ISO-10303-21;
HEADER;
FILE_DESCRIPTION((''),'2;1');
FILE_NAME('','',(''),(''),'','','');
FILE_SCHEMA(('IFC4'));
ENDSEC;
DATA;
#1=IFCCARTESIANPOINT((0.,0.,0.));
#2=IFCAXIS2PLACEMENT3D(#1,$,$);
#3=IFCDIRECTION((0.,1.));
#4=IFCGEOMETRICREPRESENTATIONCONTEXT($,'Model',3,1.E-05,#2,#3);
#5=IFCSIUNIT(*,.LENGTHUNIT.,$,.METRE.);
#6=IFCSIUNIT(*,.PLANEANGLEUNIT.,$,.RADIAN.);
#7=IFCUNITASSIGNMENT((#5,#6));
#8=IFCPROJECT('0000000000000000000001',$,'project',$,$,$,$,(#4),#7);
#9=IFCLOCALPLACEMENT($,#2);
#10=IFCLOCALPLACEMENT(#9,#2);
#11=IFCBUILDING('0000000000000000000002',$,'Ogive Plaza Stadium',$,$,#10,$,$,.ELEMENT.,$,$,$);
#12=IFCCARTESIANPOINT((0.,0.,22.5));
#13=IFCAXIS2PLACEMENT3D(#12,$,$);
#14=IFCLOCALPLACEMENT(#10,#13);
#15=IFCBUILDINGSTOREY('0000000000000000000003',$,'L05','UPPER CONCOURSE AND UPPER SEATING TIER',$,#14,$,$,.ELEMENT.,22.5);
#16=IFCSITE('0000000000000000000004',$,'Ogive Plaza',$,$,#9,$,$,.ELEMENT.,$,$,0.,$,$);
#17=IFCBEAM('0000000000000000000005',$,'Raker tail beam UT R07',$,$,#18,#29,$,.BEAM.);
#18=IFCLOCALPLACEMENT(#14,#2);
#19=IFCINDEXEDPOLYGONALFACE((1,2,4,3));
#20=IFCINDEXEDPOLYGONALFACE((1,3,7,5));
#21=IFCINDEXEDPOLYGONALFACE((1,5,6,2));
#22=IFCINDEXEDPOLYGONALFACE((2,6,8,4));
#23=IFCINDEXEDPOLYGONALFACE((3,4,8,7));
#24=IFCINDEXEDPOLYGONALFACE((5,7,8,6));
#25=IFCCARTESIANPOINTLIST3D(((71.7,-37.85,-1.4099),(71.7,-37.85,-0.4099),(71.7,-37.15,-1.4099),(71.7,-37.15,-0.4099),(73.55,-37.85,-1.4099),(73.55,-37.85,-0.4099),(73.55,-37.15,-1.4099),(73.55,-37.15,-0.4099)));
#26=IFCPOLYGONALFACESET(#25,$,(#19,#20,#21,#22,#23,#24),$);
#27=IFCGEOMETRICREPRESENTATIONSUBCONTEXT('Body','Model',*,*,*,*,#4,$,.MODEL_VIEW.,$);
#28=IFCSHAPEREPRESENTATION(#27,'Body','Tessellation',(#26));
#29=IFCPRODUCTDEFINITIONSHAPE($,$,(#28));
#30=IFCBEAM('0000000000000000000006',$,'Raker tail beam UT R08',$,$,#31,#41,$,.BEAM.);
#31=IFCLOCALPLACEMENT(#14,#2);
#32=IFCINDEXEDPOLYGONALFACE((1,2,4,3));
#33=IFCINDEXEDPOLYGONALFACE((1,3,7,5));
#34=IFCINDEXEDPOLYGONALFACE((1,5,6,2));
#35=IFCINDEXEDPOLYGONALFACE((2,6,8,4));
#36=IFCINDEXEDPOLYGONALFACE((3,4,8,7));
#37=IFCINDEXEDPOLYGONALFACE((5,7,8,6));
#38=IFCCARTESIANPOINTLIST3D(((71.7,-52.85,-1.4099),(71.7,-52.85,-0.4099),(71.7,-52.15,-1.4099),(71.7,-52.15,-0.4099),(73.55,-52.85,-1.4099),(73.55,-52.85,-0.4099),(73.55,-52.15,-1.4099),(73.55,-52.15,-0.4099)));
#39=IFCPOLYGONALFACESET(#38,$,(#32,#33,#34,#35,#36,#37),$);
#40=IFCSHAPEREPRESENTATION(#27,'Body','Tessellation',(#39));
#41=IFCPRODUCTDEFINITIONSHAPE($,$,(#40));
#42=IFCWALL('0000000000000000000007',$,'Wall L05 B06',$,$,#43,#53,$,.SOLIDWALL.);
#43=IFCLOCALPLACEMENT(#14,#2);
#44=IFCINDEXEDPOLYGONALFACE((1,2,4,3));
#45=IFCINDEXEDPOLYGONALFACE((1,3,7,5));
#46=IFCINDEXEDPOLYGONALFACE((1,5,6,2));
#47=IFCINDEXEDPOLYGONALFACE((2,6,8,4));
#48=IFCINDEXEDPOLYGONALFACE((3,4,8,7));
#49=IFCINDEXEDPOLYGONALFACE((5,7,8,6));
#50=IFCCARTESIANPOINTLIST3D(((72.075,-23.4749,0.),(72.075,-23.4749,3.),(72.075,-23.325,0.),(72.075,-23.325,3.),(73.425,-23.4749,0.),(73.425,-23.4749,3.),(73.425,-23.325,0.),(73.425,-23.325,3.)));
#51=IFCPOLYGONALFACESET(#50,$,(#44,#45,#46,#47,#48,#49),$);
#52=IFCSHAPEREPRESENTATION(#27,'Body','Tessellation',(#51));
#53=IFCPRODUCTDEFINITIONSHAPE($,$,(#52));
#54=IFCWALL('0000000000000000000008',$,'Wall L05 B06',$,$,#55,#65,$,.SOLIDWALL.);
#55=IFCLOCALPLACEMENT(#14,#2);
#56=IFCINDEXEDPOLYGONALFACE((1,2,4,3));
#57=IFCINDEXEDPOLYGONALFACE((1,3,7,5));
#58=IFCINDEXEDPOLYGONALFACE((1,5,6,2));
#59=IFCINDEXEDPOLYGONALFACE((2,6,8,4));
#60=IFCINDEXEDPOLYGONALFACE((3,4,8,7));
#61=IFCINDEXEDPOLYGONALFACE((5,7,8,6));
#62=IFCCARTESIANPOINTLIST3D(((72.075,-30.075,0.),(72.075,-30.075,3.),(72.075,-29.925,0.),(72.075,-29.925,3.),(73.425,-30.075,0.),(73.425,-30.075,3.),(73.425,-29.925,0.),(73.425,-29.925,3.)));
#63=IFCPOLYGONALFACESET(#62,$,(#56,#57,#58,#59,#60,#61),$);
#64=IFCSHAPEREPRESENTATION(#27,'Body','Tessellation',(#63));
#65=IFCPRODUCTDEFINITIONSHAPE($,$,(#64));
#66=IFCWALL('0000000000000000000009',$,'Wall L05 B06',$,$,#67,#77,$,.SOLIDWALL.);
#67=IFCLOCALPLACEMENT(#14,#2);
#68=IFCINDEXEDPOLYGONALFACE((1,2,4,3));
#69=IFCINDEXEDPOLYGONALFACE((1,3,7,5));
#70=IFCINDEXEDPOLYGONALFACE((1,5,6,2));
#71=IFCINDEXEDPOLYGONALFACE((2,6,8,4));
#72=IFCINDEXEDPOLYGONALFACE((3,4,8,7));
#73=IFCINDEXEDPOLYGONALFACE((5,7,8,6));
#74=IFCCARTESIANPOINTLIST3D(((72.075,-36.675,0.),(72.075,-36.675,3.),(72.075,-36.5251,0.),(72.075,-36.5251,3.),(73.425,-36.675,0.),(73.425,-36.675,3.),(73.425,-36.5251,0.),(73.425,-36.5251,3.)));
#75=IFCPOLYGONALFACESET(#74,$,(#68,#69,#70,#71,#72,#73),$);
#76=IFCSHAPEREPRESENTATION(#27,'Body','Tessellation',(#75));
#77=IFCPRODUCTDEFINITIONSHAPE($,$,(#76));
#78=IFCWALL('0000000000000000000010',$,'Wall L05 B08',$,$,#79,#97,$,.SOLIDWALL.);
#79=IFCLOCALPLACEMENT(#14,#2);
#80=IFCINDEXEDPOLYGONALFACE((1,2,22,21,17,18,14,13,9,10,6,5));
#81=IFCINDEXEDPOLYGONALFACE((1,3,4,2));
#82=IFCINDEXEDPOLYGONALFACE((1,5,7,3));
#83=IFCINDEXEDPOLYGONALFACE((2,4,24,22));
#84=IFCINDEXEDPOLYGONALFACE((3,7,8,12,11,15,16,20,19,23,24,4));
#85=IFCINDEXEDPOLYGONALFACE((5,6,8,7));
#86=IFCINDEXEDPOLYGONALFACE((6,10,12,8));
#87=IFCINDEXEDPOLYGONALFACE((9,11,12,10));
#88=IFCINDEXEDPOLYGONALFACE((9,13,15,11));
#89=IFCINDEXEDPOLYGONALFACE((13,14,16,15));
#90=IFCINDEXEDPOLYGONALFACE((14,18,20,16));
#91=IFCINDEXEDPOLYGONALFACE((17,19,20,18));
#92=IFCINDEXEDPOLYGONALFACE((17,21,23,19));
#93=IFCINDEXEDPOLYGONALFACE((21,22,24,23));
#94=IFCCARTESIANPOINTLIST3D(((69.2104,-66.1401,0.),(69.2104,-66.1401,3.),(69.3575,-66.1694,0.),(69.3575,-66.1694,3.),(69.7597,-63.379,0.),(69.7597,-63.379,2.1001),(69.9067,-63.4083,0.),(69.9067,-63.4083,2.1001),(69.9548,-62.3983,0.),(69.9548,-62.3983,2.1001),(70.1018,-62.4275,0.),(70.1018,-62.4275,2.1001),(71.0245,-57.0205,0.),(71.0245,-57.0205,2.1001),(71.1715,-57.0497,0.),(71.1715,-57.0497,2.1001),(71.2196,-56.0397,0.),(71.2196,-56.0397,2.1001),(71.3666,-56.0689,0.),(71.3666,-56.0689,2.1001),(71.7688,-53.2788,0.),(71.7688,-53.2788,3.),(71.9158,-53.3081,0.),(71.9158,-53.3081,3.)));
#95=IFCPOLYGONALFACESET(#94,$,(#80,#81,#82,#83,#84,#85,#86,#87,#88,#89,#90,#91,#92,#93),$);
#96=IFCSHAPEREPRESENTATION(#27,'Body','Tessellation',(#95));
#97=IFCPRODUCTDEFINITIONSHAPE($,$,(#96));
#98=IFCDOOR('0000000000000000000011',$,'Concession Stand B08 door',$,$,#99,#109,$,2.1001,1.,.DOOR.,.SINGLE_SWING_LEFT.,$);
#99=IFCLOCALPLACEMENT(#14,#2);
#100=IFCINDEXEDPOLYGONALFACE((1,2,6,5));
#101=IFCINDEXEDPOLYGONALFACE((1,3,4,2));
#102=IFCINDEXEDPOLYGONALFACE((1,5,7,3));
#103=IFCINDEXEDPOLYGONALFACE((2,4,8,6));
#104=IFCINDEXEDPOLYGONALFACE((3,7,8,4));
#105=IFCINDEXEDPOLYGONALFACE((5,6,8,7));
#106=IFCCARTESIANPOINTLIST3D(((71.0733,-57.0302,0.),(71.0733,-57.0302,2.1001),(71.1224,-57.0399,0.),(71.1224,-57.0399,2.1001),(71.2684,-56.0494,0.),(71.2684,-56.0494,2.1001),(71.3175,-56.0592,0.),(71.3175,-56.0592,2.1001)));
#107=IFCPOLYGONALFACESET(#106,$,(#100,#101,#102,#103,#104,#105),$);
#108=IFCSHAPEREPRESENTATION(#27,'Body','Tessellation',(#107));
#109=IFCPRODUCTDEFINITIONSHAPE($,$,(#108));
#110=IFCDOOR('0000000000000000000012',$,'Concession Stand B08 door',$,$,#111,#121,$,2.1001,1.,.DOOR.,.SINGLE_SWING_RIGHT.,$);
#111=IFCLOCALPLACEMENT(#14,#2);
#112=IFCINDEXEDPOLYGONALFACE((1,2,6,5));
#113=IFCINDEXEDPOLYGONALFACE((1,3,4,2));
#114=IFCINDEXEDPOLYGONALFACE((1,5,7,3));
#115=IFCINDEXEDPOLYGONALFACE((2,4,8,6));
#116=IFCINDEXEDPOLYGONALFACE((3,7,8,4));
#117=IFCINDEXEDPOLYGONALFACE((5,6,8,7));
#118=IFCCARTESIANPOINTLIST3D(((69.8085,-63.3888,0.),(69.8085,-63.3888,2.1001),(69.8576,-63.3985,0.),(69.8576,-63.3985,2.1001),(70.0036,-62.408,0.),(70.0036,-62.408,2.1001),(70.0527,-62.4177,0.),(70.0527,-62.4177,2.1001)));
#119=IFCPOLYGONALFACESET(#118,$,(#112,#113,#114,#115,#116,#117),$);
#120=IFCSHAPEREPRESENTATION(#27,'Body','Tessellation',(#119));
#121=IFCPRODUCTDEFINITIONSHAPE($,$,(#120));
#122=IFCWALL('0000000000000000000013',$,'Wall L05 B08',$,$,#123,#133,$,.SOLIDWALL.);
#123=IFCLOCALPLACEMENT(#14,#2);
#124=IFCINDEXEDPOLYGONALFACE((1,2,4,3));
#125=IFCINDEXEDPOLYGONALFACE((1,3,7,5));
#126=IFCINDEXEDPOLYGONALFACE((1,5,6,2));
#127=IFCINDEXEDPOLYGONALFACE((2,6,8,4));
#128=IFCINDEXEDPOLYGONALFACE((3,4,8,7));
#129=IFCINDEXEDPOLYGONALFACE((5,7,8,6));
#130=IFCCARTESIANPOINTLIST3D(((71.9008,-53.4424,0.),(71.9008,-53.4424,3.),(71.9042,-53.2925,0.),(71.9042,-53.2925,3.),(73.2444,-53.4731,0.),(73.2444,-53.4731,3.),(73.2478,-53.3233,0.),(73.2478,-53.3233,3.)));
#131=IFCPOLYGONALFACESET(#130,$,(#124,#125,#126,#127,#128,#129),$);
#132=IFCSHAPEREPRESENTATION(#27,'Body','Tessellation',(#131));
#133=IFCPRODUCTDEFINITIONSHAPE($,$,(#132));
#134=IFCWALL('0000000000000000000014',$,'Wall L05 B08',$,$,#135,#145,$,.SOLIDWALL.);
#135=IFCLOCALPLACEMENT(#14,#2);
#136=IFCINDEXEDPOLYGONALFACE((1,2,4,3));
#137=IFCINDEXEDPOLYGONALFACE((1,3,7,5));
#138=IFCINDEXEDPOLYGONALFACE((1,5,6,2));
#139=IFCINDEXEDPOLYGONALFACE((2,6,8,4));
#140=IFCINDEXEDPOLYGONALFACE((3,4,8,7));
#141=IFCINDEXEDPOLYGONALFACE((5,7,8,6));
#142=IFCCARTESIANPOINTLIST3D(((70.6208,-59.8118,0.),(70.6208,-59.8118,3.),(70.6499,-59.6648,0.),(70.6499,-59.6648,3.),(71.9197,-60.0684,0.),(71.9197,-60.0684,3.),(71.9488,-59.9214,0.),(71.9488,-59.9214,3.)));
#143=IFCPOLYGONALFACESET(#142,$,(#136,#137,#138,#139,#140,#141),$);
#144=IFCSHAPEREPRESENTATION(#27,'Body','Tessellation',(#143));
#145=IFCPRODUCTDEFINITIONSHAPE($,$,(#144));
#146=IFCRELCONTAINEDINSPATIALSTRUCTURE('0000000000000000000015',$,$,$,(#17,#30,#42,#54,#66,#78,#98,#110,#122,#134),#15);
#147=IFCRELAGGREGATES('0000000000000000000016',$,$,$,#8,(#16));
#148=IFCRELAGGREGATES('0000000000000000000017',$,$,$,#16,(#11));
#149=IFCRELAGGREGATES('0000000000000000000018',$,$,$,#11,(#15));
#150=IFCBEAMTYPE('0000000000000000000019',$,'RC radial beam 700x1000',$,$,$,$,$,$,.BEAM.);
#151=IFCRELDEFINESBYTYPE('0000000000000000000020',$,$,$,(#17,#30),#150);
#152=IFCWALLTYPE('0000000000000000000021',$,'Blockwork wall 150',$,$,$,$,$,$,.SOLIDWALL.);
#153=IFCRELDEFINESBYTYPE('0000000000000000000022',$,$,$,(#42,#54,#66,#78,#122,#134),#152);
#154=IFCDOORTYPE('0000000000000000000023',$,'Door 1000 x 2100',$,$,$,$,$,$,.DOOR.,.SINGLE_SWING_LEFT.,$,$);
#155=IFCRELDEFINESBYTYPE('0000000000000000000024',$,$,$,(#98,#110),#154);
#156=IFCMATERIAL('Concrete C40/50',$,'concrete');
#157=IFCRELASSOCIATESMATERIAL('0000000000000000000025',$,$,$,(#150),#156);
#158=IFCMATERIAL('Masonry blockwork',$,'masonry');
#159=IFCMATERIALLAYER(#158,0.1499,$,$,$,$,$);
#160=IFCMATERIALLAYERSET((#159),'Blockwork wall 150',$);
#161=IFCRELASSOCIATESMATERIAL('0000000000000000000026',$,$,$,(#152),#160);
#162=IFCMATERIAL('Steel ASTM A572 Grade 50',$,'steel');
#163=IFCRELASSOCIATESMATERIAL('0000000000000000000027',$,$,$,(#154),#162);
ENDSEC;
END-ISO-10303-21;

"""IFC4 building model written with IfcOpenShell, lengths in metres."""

from ifc_helpers import new_model, si_unit, direction, frame, frame_2d, origin, origin_2d, place, context, subcontext, project, spatial, rectangle, extrude, material, layer, layer_set, material_profile, profile_set, type_object, element, fill, save


model = new_model("IFC4")

# Units and contexts
model_context = context("Model", 3, precision=1e-05, world=origin(), true_north=direction((0.0, 1.0)))
body_context = subcontext(model_context, "Body", "Model", "MODEL_VIEW")
ifc_project = project(units=[si_unit("LENGTHUNIT", "METRE"), si_unit("PLANEANGLEUNIT", "RADIAN")], contexts=[model_context])

# Site, building, storey
site_placement = place(None, origin())
site = spatial("IfcSite", under=ifc_project, at=site_placement, Name="Ogive Plaza", CompositionType="ELEMENT", RefElevation=0.0)
building_placement = place(site_placement, origin())
building = spatial("IfcBuilding", under=site, at=building_placement, Name="Ogive Plaza Stadium", CompositionType="ELEMENT")
storey_placement = place(building_placement, frame((0.0, 0.0, 22.5)))
storey = spatial("IfcBuildingStorey", under=building, at=storey_placement, Name="L05", Description="UPPER CONCOURSE AND UPPER SEATING TIER", CompositionType="ELEMENT", Elevation=22.5)

# Beams
ifc_material_1 = material(Name="Concrete C40/50", Category="concrete")
ifc_material_profile = material_profile(ifc_material_1, rectangle(XDim=0.7, YDim=1.0, at=origin_2d()), Name="RC 700x1000")
ifc_profile_set = profile_set([ifc_material_profile], Name="Concrete C40/50")
beam_type = type_object("IfcBeamType", Name="RC radial beam 700x1000", PredefinedType="BEAM", material=ifc_profile_set)
for number, where, z_axis, x_axis, name in (
    (1, (71.7, -37.5, -0.9099), (1.0, 0.0, 0.0), (0.0, 1.0, 0.0), "Raker tail beam UT R07"),
    (2, (71.7, -52.5, -0.9099), (1.0, 0.0, 0.0), (0.0, 1.0, 0.0), "Raker tail beam UT R08"),
):
    element("IfcBeam", number, at=place(storey_placement, frame(where, z_axis=z_axis, x_axis=x_axis)), inside=storey, type_object=beam_type, Name=name, PredefinedType="BEAM", context=body_context, shape_type="SweptSolid", body=[
        extrude(rectangle(XDim=0.7, YDim=1.0, at=origin_2d()), origin(), (0.0, 0.0, 1.0), 1.8501),
    ])

# Walls
ifc_material_2 = material(Name="Masonry blockwork", Category="masonry")
ifc_layer_1 = layer(ifc_material_2, 0.1499)
ifc_layer_set_1 = layer_set([ifc_layer_1], Name="Blockwork wall 150")
wall_type_1 = type_object("IfcWallType", Name="Blockwork wall 150", PredefinedType="SOLIDWALL", material=ifc_layer_set_1)
for number, where, z_axis, x_axis, name in (
    (3, (72.075, -23.3999, 0.0), (0.0, 0.0, 1.0), (1.0, 0.0, 0.0), "Wall L05 B06"),
    (4, (72.075, -30.0, 0.0), (0.0, 0.0, 1.0), (1.0, 0.0, 0.0), "Wall L05 B06"),
    (5, (72.075, -36.6001, 0.0), (0.0, 0.0, 1.0), (1.0, 0.0, 0.0), "Wall L05 B06"),
):
    element("IfcWall", number, at=place(storey_placement, frame(where, z_axis=z_axis, x_axis=x_axis)), inside=storey, type_object=wall_type_1, Name=name, PredefinedType="SOLIDWALL", context=body_context, shape_type="SweptSolid", body=[
        extrude(rectangle(XDim=1.3501, YDim=0.1499, at=frame_2d((0.675, 0.0))), origin(), (0.0, 0.0, 1.0), 3.0),
    ])

# Wall, openings, doors
wall_1_placement = place(storey_placement, frame((71.8423, -53.2935, 0.0), z_axis=(0.0, 0.0, 1.0), x_axis=(-0.195096, -0.980784, 0.0)))
wall_1 = element("IfcWall", 6, at=wall_1_placement, inside=storey, type_object=wall_type_1, Name="Wall L05 B08", PredefinedType="SOLIDWALL", context=body_context, shape_type="SweptSolid", body=[
    extrude(rectangle(XDim=13.1133, YDim=0.1499, at=frame_2d((6.5566, 0.0))), origin(), (0.0, 0.0, 1.0), 3.0),
])
opening_1_placement = place(wall_1_placement, frame((2.8149, 0.0, 0.0)))
opening_1 = element("IfcOpeningElement", 7, at=opening_1_placement, cuts=wall_1, PredefinedType="OPENING", context=body_context, shape_type="SweptSolid", body=[
    extrude(rectangle(XDim=1.0, YDim=2.1001, at=frame_2d((0.5, 1.05))), frame((0.0, 0.075, 0.0), z_axis=(0.0, -1.0, 0.0), x_axis=(1.0, 0.0, 0.0)), (0.0, 0.0, 1.0), 0.1499),
])
opening_2_placement = place(wall_1_placement, frame((9.2981, 0.0, 0.0)))
opening_2 = element("IfcOpeningElement", 8, at=opening_2_placement, cuts=wall_1, PredefinedType="OPENING", context=body_context, shape_type="SweptSolid", body=[
    extrude(rectangle(XDim=1.0, YDim=2.1001, at=frame_2d((0.5, 1.05))), frame((0.0, 0.075, 0.0), z_axis=(0.0, -1.0, 0.0), x_axis=(1.0, 0.0, 0.0)), (0.0, 0.0, 1.0), 0.1499),
])
ifc_material_3 = material(Name="Steel ASTM A572 Grade 50", Category="steel")
door_type_1 = type_object("IfcDoorType", Name="Door 1000 x 2100", OperationType="SINGLE_SWING_LEFT", PredefinedType="DOOR", material=ifc_material_3)
door_1_placement = place(opening_1_placement, origin())
door_1 = element("IfcDoor", 9, at=door_1_placement, inside=storey, type_object=door_type_1, Name="Concession Stand B08 door", OperationType="SINGLE_SWING_LEFT", OverallHeight=2.1001, OverallWidth=1.0, PredefinedType="DOOR", context=body_context, shape_type="SweptSolid", body=[
    extrude(rectangle(XDim=1.0, YDim=2.1001, at=frame_2d((0.5, 1.05))), frame((0.0, 0.0249, 0.0), z_axis=(0.0, -1.0, 0.0), x_axis=(1.0, 0.0, 0.0)), (0.0, 0.0, 1.0), 0.05),
])
fill(opening_1, door_1)
door_2_placement = place(opening_2_placement, origin())
door_2 = element("IfcDoor", 10, at=door_2_placement, inside=storey, type_object=door_type_1, Name="Concession Stand B08 door", OperationType="SINGLE_SWING_RIGHT", OverallHeight=2.1001, OverallWidth=1.0, PredefinedType="DOOR", context=body_context, shape_type="SweptSolid", body=[
    extrude(rectangle(XDim=1.0, YDim=2.1001, at=frame_2d((0.5, 1.05))), frame((0.0, 0.0249, 0.0), z_axis=(0.0, -1.0, 0.0), x_axis=(1.0, 0.0, 0.0)), (0.0, 0.0, 1.0), 0.05),
])
fill(opening_2, door_2)

# Walls
wall_2_placement = place(storey_placement, frame((71.9026, -53.3674, 0.0), z_axis=(0.0, 0.0, 1.0), x_axis=(0.999738, -0.022886, 0.0)))
element("IfcWall", 11, at=wall_2_placement, inside=storey, type_object=wall_type_1, Name="Wall L05 B08", PredefinedType="SOLIDWALL", context=body_context, shape_type="SweptSolid", body=[
    extrude(rectangle(XDim=1.344, YDim=0.1499, at=frame_2d((0.6719, 0.0))), origin(), (0.0, 0.0, 1.0), 3.0),
])
wall_3_placement = place(storey_placement, frame((70.6353, -59.7383, 0.0), z_axis=(0.0, 0.0, 1.0), x_axis=(0.981039, -0.193811, 0.0)))
element("IfcWall", 12, at=wall_3_placement, inside=storey, type_object=wall_type_1, Name="Wall L05 B08", PredefinedType="SOLIDWALL", context=body_context, shape_type="SweptSolid", body=[
    extrude(rectangle(XDim=1.324, YDim=0.1499, at=frame_2d((0.6621, 0.0))), origin(), (0.0, 0.0, 1.0), 3.0),
])

save(model, "model.ifc")
